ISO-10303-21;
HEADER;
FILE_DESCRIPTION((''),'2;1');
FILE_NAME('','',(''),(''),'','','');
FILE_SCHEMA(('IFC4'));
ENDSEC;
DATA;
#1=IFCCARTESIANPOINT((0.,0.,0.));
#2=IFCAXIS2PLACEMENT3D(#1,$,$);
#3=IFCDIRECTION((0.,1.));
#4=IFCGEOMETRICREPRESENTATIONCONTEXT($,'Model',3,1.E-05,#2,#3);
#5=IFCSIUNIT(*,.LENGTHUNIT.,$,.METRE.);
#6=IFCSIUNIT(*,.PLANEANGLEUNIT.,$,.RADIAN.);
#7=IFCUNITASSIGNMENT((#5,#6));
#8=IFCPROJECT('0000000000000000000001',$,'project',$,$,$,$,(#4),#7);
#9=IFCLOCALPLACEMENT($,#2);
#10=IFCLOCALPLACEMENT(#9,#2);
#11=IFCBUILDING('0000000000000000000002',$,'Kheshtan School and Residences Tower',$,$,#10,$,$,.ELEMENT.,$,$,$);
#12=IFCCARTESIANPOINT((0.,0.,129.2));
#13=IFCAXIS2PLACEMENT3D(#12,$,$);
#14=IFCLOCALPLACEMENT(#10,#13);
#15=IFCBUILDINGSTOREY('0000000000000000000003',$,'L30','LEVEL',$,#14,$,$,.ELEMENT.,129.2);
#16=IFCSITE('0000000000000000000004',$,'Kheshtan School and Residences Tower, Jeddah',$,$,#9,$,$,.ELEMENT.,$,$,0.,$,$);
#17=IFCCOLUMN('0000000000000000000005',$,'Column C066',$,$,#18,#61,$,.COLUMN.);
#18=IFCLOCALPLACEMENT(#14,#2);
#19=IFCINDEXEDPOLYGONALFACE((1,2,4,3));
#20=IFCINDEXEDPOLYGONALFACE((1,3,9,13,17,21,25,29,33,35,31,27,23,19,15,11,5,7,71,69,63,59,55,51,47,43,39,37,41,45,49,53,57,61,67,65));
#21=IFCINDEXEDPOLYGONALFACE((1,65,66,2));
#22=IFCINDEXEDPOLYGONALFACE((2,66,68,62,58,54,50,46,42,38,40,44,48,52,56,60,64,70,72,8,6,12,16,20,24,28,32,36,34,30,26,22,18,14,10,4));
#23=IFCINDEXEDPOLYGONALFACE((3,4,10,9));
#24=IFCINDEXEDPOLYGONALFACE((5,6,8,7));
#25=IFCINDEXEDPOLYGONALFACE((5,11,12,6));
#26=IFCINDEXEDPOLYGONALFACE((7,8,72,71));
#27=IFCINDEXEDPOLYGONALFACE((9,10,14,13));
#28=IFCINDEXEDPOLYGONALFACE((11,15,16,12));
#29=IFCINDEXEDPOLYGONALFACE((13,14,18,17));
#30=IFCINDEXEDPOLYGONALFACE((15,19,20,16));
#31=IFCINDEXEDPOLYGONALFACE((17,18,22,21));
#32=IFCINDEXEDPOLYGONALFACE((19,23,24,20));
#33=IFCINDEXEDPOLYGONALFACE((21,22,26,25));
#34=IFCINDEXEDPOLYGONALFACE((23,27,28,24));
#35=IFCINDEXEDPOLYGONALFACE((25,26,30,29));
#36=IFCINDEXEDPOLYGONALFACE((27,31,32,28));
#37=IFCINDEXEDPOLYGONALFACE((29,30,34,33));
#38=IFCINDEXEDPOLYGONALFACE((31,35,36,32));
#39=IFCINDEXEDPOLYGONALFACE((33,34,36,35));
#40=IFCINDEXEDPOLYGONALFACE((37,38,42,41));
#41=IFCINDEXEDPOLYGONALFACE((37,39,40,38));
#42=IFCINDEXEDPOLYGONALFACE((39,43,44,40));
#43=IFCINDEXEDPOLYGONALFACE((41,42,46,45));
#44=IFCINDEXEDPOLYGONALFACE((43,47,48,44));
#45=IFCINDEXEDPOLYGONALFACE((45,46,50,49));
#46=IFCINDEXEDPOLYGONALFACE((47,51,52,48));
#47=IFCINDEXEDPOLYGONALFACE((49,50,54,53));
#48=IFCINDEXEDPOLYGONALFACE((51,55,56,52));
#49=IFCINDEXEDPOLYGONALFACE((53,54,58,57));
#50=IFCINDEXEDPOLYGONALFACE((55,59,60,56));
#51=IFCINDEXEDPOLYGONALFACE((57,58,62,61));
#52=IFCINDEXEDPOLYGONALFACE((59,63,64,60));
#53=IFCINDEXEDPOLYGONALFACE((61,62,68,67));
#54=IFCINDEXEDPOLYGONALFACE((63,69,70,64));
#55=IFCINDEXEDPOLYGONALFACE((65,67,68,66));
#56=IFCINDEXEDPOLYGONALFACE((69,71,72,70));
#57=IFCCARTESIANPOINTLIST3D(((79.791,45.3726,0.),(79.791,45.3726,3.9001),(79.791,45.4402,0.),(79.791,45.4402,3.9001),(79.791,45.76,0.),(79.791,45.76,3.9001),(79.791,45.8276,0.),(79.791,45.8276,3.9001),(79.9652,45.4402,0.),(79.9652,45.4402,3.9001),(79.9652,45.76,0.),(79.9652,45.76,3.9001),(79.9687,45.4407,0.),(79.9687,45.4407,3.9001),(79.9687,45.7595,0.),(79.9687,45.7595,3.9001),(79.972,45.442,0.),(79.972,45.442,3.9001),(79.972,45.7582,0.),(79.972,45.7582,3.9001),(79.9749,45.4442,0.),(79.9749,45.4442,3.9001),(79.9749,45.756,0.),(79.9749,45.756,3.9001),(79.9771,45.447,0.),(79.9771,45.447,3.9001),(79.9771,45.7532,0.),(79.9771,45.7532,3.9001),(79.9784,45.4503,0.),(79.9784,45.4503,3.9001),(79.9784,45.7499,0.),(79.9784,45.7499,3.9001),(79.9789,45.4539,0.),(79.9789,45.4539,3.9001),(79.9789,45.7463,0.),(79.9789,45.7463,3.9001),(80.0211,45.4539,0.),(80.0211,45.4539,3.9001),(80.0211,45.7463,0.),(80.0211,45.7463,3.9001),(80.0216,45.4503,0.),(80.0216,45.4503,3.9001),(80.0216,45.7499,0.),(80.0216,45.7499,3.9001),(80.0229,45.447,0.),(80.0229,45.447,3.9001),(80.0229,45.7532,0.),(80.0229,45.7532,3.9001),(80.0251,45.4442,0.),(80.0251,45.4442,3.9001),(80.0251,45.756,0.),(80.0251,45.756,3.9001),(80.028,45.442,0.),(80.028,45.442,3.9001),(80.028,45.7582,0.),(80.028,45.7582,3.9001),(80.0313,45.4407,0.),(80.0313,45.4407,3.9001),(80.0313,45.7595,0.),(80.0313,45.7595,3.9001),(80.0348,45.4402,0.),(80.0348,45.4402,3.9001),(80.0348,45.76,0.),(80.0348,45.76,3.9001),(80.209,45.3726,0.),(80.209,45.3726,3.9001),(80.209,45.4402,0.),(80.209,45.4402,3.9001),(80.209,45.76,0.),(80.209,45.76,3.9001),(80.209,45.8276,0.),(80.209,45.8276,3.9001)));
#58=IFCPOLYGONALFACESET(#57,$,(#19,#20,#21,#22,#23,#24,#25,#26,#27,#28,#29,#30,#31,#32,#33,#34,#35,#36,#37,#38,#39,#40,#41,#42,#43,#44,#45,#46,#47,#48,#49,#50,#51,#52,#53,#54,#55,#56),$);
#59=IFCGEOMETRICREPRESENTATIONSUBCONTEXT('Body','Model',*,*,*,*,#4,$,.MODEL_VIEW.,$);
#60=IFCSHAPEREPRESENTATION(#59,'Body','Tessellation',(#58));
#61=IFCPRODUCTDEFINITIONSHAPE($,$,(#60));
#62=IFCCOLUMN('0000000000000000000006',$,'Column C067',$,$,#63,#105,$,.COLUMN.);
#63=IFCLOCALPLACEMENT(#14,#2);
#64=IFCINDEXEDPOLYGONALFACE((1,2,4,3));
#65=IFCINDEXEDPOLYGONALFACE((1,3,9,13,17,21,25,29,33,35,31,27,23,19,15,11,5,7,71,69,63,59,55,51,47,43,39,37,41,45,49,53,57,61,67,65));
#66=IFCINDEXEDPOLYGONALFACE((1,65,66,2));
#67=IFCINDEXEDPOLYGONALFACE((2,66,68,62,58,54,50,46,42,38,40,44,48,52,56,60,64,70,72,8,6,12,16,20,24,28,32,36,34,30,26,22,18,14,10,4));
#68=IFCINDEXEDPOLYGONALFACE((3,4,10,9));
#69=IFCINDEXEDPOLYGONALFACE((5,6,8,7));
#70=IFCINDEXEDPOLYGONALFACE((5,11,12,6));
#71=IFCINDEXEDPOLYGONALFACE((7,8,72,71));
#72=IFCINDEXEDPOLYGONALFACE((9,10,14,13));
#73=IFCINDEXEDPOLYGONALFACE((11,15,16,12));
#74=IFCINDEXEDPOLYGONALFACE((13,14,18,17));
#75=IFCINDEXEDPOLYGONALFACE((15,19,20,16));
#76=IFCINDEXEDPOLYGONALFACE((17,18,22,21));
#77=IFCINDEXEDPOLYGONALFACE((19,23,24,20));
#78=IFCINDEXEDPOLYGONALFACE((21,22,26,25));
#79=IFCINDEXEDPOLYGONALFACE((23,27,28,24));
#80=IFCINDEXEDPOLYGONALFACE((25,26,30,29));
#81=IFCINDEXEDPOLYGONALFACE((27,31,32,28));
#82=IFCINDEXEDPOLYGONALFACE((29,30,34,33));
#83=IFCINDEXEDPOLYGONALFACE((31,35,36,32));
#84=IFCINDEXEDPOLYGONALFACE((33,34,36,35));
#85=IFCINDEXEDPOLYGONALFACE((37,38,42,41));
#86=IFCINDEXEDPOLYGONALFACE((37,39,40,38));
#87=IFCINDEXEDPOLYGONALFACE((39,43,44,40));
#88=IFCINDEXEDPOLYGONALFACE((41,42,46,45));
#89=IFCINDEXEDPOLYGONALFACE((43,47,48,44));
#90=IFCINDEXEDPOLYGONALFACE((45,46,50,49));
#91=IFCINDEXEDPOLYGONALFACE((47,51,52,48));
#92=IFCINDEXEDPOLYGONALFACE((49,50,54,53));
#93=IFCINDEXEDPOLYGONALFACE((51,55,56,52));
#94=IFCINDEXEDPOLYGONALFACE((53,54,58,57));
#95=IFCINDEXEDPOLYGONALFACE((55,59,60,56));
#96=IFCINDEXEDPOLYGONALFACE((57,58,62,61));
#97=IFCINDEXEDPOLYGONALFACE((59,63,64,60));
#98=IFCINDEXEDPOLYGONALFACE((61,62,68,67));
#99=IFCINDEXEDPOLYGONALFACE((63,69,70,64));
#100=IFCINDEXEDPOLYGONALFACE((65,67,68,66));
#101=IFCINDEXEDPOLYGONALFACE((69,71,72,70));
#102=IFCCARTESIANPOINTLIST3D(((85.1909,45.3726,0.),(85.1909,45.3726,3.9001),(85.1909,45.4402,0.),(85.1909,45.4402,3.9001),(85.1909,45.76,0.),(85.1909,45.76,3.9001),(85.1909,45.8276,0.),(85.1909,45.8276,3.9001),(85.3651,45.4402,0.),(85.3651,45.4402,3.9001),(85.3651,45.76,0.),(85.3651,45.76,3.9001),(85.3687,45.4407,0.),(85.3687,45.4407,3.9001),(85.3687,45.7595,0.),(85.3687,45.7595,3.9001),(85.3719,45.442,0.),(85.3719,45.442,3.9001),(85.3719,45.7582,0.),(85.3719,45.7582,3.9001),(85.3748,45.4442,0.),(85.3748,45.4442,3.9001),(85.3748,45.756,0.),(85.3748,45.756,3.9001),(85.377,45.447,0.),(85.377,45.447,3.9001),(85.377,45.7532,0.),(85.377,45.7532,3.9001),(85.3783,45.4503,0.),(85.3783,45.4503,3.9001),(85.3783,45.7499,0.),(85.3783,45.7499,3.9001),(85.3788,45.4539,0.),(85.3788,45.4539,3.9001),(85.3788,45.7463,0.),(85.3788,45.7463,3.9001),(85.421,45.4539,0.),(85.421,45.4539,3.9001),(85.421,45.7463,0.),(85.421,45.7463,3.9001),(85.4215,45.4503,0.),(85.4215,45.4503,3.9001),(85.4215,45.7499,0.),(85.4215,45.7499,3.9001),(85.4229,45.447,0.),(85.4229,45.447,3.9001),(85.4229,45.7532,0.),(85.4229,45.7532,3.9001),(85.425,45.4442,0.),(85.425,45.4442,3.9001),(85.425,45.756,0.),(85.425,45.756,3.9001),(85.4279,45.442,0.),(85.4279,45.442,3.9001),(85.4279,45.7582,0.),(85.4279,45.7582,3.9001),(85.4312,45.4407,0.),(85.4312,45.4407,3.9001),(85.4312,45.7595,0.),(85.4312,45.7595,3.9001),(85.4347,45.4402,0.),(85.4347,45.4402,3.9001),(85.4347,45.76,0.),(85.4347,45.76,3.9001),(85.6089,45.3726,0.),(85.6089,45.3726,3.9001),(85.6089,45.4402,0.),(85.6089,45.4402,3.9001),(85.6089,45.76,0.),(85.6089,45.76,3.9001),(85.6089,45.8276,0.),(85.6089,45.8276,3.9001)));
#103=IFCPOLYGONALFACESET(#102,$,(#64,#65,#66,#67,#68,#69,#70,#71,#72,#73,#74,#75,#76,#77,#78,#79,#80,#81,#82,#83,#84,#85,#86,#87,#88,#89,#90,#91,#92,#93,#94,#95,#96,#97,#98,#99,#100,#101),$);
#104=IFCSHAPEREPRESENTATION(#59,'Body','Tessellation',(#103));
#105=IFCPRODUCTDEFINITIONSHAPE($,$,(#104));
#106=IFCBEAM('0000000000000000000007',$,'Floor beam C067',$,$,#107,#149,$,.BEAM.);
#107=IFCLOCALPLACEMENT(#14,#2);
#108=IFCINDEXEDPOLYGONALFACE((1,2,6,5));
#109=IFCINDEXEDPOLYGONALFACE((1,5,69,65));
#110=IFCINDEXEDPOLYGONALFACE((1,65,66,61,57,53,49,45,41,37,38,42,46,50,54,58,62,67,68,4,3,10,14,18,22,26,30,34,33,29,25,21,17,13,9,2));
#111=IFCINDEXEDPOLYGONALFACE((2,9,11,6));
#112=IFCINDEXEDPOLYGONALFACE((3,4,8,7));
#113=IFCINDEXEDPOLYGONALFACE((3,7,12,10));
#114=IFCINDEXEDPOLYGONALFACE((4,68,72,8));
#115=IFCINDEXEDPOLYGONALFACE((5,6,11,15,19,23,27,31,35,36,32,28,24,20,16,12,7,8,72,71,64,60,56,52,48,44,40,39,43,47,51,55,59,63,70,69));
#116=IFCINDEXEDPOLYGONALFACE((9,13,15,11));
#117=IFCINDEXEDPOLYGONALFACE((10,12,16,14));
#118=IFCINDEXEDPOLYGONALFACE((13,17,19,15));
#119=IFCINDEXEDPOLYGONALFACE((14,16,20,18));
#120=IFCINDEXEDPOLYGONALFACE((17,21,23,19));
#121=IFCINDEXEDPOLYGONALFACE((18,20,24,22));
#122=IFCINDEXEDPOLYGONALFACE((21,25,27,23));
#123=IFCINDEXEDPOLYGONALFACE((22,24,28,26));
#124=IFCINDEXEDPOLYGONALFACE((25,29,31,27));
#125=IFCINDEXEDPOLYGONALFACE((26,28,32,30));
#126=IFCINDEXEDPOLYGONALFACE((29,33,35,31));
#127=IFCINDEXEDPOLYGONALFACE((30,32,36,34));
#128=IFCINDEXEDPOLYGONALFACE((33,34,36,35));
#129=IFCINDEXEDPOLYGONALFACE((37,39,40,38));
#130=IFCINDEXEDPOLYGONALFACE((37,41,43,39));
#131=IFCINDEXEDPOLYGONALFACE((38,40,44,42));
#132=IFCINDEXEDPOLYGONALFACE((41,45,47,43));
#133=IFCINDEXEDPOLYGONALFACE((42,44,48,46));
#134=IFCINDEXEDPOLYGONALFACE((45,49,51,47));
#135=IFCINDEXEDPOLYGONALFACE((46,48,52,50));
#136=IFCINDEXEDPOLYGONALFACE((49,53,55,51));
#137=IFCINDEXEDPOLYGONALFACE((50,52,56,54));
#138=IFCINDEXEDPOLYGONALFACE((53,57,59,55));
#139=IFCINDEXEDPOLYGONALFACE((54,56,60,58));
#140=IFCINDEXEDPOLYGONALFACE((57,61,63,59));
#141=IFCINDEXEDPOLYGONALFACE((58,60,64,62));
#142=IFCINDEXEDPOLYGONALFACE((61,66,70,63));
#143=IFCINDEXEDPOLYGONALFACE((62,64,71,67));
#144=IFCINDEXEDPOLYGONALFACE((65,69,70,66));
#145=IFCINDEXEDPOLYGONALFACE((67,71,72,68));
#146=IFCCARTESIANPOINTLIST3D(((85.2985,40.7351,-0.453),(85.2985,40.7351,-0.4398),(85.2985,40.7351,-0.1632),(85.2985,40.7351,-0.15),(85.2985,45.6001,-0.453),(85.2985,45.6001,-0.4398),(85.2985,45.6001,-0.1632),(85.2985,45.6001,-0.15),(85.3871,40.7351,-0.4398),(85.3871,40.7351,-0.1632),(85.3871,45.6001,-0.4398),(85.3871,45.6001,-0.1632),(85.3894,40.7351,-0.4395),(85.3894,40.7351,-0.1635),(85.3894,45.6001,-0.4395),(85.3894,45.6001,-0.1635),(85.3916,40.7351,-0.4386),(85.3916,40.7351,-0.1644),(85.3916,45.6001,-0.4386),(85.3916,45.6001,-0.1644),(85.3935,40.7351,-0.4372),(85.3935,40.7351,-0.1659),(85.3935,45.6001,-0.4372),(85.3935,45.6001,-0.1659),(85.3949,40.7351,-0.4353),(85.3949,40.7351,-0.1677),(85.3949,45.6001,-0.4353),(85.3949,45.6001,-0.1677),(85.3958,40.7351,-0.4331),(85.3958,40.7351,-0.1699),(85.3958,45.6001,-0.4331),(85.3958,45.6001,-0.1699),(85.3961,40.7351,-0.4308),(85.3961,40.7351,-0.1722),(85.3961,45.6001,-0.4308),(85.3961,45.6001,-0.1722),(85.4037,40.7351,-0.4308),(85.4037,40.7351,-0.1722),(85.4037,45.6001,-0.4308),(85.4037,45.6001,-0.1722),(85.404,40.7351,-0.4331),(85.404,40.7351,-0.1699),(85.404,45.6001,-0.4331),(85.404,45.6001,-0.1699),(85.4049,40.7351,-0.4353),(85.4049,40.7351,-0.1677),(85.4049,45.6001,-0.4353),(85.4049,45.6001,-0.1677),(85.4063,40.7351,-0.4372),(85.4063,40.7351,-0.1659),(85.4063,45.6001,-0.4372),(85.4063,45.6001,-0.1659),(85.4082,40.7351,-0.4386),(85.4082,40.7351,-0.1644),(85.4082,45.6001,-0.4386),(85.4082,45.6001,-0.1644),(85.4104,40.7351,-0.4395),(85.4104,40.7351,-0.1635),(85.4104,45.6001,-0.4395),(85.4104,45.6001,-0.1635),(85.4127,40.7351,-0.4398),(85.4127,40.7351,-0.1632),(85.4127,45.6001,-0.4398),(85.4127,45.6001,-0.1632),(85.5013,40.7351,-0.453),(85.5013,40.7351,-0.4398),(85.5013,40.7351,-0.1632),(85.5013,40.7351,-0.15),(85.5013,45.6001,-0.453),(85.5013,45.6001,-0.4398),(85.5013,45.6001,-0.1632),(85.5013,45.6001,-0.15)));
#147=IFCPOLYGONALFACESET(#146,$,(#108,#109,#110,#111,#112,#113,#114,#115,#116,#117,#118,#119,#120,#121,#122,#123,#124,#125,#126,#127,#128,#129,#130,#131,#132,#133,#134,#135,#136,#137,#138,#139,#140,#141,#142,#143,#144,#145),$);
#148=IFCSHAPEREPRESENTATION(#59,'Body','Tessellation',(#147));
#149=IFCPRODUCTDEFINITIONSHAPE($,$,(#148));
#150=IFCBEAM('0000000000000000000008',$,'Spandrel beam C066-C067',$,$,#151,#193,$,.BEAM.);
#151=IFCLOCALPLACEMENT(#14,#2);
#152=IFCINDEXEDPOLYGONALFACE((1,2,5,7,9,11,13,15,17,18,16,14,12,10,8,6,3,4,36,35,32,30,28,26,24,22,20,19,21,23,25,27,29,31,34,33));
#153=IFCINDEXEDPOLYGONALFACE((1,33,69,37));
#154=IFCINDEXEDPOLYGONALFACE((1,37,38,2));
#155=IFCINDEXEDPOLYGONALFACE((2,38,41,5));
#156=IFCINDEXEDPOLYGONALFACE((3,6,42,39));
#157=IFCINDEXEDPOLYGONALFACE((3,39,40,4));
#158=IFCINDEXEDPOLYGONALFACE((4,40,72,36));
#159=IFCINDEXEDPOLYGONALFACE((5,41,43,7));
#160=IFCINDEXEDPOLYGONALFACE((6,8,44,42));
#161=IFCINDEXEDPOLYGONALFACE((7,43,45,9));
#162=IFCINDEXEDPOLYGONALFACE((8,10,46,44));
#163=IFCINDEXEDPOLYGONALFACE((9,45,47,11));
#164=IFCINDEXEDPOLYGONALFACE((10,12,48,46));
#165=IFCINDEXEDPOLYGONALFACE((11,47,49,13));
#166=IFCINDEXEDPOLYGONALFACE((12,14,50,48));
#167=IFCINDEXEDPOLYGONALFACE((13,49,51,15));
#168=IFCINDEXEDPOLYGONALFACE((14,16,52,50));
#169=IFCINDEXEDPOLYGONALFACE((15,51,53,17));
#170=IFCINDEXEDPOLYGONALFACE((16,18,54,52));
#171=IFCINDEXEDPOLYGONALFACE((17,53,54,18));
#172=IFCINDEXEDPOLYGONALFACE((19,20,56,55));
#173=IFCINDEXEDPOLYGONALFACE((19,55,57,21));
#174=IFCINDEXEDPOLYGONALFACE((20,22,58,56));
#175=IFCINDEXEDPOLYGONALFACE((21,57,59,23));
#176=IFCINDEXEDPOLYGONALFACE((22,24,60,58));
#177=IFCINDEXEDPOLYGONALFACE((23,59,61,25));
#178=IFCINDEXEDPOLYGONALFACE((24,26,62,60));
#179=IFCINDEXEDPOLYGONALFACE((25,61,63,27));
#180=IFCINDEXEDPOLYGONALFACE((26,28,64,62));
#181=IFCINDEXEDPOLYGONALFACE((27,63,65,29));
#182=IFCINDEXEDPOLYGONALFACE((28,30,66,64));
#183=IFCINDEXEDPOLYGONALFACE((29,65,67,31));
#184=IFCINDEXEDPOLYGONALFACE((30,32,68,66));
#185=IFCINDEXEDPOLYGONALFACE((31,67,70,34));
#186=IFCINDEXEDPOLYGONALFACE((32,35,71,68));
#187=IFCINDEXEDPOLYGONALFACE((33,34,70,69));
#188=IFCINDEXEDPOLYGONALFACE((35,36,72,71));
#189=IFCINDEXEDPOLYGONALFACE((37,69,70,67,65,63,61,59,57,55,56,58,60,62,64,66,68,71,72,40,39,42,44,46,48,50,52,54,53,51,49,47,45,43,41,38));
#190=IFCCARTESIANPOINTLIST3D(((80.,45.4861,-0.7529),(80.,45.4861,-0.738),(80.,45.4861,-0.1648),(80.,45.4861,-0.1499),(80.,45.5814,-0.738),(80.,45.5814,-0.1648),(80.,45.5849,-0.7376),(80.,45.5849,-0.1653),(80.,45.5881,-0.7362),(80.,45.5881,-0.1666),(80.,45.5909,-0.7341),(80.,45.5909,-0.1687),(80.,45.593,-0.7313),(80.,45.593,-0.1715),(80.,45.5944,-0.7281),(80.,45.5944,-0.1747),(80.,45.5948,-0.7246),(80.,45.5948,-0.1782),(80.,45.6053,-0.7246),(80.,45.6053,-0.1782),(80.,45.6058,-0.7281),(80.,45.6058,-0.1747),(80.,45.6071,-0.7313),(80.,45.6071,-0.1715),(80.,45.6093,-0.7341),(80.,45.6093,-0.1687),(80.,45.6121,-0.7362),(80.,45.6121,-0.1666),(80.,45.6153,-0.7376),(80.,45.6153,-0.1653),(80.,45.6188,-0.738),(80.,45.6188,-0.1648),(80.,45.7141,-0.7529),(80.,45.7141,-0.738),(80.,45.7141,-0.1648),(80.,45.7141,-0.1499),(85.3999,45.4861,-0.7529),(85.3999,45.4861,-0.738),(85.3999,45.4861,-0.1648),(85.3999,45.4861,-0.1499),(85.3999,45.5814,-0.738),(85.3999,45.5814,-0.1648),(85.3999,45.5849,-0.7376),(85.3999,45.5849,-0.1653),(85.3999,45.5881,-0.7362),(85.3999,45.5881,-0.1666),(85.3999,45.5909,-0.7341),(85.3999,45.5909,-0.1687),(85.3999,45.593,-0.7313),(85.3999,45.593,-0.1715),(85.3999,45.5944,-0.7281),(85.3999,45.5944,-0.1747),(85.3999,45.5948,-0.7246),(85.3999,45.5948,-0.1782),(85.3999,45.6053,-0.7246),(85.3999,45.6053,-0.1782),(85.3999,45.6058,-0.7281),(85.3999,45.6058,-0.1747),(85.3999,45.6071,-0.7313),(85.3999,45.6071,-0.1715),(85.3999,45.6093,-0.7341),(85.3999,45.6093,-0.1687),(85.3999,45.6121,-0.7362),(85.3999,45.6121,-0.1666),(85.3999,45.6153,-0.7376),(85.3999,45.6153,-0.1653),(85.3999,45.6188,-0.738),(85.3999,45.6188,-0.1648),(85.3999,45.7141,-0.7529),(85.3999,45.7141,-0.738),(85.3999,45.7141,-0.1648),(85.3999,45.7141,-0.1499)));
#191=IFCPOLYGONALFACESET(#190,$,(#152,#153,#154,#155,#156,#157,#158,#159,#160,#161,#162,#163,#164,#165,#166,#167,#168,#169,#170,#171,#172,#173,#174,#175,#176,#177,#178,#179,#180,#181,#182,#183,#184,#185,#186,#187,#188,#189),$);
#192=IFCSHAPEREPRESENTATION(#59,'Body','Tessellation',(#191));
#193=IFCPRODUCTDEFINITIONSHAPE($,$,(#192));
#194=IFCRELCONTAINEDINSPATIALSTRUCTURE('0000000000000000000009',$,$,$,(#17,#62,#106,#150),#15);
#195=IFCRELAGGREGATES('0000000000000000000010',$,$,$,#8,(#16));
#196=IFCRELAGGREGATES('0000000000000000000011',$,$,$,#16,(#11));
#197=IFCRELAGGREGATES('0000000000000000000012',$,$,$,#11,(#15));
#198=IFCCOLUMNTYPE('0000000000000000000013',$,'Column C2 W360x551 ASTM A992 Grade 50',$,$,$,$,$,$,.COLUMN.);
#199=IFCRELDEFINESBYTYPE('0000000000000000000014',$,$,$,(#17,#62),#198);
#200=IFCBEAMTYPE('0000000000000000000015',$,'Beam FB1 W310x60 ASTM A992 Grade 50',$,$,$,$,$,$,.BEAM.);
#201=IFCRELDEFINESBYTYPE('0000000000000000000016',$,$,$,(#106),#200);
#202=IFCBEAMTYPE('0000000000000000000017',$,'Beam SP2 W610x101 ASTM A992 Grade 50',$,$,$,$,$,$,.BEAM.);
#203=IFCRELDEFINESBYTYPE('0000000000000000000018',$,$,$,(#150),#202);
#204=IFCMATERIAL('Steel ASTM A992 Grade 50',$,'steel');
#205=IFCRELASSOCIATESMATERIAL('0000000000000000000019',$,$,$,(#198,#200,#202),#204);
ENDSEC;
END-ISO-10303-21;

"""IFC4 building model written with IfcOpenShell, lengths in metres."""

from ifc_helpers import new_model, si_unit, direction, frame, origin, origin_2d, place, context, subcontext, project, spatial, i_section, extrude, material, material_profile, profile_set, type_object, element, save


model = new_model("IFC4")

# Units and contexts
model_context = context("Model", 3, precision=1e-05, world=origin(), true_north=direction((0.0, 1.0)))
body_context = subcontext(model_context, "Body", "Model", "MODEL_VIEW")
ifc_project = project(units=[si_unit("LENGTHUNIT", "METRE"), si_unit("PLANEANGLEUNIT", "RADIAN")], contexts=[model_context])

# Site, building, storey
site_placement = place(None, origin())
site = spatial("IfcSite", under=ifc_project, at=site_placement, Name="Kheshtan School and Residences Tower, Jeddah", CompositionType="ELEMENT", RefElevation=0.0)
building_placement = place(site_placement, origin())
building = spatial("IfcBuilding", under=site, at=building_placement, Name="Kheshtan School and Residences Tower", CompositionType="ELEMENT")
storey_placement = place(building_placement, frame((0.0, 0.0, 129.2)))
storey = spatial("IfcBuildingStorey", under=building, at=storey_placement, Name="L30", Description="LEVEL", CompositionType="ELEMENT", Elevation=129.2)

# Columns
ifc_material_1 = material(Name="Steel ASTM A992 Grade 50", Category="steel")
ifc_material_profile_1 = material_profile(ifc_material_1, i_section(OverallWidth=0.418, OverallDepth=0.4551, WebThickness=0.0422, FlangeThickness=0.0676, FilletRadius=0.0137, at=origin_2d()), Name="W360x551")
ifc_profile_set_1 = profile_set([ifc_material_profile_1], Name="Steel ASTM A992 Grade 50")
column_type = type_object("IfcColumnType", Name="Column C2 W360x551 ASTM A992 Grade 50", PredefinedType="COLUMN", material=ifc_profile_set_1)
for number, where, z_axis, x_axis, name in (
    (1, (80.0, 45.6001, 0.0), (0.0, 0.0, 1.0), (1.0, 0.0, 0.0), "Column C066"),
    (2, (85.3999, 45.6001, 0.0), (0.0, 0.0, 1.0), (1.0, 0.0, 0.0), "Column C067"),
):
    element("IfcColumn", number, at=place(storey_placement, frame(where, z_axis=z_axis, x_axis=x_axis)), inside=storey, type_object=column_type, Name=name, PredefinedType="COLUMN", context=body_context, shape_type="SweptSolid", body=[
        extrude(i_section(OverallWidth=0.418, OverallDepth=0.4551, WebThickness=0.0422, FlangeThickness=0.0676, FilletRadius=0.0137, at=origin_2d()), origin(), (0.0, 0.0, 1.0), 3.9001),
    ])

# Beams
ifc_material_profile_2 = material_profile(ifc_material_1, i_section(OverallWidth=0.2029, OverallDepth=0.303, WebThickness=0.0076, FlangeThickness=0.0132, FilletRadius=0.009, at=origin_2d()), Name="W310x60")
ifc_profile_set_2 = profile_set([ifc_material_profile_2], Name="Steel ASTM A992 Grade 50")
beam_type_1 = type_object("IfcBeamType", Name="Beam FB1 W310x60 ASTM A992 Grade 50", PredefinedType="BEAM", material=ifc_profile_set_2)
beam_1_placement = place(storey_placement, frame((85.3999, 45.6001, -0.3015), z_axis=(0.0, -1.0, 0.0), x_axis=(1.0, 0.0, 0.0)))
element("IfcBeam", 3, at=beam_1_placement, inside=storey, type_object=beam_type_1, Name="Floor beam C067", PredefinedType="BEAM", context=body_context, shape_type="SweptSolid", body=[
    extrude(i_section(OverallWidth=0.2029, OverallDepth=0.303, WebThickness=0.0076, FlangeThickness=0.0132, FilletRadius=0.009, at=origin_2d()), origin(), (0.0, 0.0, 1.0), 4.865),
])
ifc_material_profile_3 = material_profile(ifc_material_1, i_section(OverallWidth=0.228, OverallDepth=0.603, WebThickness=0.0105, FlangeThickness=0.0149, FilletRadius=0.0134, at=origin_2d()), Name="W610x101")
ifc_profile_set_3 = profile_set([ifc_material_profile_3], Name="Steel ASTM A992 Grade 50")
beam_type_2 = type_object("IfcBeamType", Name="Beam SP2 W610x101 ASTM A992 Grade 50", PredefinedType="BEAM", material=ifc_profile_set_3)
beam_2_placement = place(storey_placement, frame((80.0, 45.6001, -0.4514), z_axis=(1.0, 0.0, 0.0), x_axis=(0.0, 1.0, 0.0)))
element("IfcBeam", 4, at=beam_2_placement, inside=storey, type_object=beam_type_2, Name="Spandrel beam C066-C067", PredefinedType="BEAM", context=body_context, shape_type="SweptSolid", body=[
    extrude(i_section(OverallWidth=0.228, OverallDepth=0.603, WebThickness=0.0105, FlangeThickness=0.0149, FilletRadius=0.0134, at=origin_2d()), origin(), (0.0, 0.0, 1.0), 5.3999),
])

save(model, "model.ifc")
